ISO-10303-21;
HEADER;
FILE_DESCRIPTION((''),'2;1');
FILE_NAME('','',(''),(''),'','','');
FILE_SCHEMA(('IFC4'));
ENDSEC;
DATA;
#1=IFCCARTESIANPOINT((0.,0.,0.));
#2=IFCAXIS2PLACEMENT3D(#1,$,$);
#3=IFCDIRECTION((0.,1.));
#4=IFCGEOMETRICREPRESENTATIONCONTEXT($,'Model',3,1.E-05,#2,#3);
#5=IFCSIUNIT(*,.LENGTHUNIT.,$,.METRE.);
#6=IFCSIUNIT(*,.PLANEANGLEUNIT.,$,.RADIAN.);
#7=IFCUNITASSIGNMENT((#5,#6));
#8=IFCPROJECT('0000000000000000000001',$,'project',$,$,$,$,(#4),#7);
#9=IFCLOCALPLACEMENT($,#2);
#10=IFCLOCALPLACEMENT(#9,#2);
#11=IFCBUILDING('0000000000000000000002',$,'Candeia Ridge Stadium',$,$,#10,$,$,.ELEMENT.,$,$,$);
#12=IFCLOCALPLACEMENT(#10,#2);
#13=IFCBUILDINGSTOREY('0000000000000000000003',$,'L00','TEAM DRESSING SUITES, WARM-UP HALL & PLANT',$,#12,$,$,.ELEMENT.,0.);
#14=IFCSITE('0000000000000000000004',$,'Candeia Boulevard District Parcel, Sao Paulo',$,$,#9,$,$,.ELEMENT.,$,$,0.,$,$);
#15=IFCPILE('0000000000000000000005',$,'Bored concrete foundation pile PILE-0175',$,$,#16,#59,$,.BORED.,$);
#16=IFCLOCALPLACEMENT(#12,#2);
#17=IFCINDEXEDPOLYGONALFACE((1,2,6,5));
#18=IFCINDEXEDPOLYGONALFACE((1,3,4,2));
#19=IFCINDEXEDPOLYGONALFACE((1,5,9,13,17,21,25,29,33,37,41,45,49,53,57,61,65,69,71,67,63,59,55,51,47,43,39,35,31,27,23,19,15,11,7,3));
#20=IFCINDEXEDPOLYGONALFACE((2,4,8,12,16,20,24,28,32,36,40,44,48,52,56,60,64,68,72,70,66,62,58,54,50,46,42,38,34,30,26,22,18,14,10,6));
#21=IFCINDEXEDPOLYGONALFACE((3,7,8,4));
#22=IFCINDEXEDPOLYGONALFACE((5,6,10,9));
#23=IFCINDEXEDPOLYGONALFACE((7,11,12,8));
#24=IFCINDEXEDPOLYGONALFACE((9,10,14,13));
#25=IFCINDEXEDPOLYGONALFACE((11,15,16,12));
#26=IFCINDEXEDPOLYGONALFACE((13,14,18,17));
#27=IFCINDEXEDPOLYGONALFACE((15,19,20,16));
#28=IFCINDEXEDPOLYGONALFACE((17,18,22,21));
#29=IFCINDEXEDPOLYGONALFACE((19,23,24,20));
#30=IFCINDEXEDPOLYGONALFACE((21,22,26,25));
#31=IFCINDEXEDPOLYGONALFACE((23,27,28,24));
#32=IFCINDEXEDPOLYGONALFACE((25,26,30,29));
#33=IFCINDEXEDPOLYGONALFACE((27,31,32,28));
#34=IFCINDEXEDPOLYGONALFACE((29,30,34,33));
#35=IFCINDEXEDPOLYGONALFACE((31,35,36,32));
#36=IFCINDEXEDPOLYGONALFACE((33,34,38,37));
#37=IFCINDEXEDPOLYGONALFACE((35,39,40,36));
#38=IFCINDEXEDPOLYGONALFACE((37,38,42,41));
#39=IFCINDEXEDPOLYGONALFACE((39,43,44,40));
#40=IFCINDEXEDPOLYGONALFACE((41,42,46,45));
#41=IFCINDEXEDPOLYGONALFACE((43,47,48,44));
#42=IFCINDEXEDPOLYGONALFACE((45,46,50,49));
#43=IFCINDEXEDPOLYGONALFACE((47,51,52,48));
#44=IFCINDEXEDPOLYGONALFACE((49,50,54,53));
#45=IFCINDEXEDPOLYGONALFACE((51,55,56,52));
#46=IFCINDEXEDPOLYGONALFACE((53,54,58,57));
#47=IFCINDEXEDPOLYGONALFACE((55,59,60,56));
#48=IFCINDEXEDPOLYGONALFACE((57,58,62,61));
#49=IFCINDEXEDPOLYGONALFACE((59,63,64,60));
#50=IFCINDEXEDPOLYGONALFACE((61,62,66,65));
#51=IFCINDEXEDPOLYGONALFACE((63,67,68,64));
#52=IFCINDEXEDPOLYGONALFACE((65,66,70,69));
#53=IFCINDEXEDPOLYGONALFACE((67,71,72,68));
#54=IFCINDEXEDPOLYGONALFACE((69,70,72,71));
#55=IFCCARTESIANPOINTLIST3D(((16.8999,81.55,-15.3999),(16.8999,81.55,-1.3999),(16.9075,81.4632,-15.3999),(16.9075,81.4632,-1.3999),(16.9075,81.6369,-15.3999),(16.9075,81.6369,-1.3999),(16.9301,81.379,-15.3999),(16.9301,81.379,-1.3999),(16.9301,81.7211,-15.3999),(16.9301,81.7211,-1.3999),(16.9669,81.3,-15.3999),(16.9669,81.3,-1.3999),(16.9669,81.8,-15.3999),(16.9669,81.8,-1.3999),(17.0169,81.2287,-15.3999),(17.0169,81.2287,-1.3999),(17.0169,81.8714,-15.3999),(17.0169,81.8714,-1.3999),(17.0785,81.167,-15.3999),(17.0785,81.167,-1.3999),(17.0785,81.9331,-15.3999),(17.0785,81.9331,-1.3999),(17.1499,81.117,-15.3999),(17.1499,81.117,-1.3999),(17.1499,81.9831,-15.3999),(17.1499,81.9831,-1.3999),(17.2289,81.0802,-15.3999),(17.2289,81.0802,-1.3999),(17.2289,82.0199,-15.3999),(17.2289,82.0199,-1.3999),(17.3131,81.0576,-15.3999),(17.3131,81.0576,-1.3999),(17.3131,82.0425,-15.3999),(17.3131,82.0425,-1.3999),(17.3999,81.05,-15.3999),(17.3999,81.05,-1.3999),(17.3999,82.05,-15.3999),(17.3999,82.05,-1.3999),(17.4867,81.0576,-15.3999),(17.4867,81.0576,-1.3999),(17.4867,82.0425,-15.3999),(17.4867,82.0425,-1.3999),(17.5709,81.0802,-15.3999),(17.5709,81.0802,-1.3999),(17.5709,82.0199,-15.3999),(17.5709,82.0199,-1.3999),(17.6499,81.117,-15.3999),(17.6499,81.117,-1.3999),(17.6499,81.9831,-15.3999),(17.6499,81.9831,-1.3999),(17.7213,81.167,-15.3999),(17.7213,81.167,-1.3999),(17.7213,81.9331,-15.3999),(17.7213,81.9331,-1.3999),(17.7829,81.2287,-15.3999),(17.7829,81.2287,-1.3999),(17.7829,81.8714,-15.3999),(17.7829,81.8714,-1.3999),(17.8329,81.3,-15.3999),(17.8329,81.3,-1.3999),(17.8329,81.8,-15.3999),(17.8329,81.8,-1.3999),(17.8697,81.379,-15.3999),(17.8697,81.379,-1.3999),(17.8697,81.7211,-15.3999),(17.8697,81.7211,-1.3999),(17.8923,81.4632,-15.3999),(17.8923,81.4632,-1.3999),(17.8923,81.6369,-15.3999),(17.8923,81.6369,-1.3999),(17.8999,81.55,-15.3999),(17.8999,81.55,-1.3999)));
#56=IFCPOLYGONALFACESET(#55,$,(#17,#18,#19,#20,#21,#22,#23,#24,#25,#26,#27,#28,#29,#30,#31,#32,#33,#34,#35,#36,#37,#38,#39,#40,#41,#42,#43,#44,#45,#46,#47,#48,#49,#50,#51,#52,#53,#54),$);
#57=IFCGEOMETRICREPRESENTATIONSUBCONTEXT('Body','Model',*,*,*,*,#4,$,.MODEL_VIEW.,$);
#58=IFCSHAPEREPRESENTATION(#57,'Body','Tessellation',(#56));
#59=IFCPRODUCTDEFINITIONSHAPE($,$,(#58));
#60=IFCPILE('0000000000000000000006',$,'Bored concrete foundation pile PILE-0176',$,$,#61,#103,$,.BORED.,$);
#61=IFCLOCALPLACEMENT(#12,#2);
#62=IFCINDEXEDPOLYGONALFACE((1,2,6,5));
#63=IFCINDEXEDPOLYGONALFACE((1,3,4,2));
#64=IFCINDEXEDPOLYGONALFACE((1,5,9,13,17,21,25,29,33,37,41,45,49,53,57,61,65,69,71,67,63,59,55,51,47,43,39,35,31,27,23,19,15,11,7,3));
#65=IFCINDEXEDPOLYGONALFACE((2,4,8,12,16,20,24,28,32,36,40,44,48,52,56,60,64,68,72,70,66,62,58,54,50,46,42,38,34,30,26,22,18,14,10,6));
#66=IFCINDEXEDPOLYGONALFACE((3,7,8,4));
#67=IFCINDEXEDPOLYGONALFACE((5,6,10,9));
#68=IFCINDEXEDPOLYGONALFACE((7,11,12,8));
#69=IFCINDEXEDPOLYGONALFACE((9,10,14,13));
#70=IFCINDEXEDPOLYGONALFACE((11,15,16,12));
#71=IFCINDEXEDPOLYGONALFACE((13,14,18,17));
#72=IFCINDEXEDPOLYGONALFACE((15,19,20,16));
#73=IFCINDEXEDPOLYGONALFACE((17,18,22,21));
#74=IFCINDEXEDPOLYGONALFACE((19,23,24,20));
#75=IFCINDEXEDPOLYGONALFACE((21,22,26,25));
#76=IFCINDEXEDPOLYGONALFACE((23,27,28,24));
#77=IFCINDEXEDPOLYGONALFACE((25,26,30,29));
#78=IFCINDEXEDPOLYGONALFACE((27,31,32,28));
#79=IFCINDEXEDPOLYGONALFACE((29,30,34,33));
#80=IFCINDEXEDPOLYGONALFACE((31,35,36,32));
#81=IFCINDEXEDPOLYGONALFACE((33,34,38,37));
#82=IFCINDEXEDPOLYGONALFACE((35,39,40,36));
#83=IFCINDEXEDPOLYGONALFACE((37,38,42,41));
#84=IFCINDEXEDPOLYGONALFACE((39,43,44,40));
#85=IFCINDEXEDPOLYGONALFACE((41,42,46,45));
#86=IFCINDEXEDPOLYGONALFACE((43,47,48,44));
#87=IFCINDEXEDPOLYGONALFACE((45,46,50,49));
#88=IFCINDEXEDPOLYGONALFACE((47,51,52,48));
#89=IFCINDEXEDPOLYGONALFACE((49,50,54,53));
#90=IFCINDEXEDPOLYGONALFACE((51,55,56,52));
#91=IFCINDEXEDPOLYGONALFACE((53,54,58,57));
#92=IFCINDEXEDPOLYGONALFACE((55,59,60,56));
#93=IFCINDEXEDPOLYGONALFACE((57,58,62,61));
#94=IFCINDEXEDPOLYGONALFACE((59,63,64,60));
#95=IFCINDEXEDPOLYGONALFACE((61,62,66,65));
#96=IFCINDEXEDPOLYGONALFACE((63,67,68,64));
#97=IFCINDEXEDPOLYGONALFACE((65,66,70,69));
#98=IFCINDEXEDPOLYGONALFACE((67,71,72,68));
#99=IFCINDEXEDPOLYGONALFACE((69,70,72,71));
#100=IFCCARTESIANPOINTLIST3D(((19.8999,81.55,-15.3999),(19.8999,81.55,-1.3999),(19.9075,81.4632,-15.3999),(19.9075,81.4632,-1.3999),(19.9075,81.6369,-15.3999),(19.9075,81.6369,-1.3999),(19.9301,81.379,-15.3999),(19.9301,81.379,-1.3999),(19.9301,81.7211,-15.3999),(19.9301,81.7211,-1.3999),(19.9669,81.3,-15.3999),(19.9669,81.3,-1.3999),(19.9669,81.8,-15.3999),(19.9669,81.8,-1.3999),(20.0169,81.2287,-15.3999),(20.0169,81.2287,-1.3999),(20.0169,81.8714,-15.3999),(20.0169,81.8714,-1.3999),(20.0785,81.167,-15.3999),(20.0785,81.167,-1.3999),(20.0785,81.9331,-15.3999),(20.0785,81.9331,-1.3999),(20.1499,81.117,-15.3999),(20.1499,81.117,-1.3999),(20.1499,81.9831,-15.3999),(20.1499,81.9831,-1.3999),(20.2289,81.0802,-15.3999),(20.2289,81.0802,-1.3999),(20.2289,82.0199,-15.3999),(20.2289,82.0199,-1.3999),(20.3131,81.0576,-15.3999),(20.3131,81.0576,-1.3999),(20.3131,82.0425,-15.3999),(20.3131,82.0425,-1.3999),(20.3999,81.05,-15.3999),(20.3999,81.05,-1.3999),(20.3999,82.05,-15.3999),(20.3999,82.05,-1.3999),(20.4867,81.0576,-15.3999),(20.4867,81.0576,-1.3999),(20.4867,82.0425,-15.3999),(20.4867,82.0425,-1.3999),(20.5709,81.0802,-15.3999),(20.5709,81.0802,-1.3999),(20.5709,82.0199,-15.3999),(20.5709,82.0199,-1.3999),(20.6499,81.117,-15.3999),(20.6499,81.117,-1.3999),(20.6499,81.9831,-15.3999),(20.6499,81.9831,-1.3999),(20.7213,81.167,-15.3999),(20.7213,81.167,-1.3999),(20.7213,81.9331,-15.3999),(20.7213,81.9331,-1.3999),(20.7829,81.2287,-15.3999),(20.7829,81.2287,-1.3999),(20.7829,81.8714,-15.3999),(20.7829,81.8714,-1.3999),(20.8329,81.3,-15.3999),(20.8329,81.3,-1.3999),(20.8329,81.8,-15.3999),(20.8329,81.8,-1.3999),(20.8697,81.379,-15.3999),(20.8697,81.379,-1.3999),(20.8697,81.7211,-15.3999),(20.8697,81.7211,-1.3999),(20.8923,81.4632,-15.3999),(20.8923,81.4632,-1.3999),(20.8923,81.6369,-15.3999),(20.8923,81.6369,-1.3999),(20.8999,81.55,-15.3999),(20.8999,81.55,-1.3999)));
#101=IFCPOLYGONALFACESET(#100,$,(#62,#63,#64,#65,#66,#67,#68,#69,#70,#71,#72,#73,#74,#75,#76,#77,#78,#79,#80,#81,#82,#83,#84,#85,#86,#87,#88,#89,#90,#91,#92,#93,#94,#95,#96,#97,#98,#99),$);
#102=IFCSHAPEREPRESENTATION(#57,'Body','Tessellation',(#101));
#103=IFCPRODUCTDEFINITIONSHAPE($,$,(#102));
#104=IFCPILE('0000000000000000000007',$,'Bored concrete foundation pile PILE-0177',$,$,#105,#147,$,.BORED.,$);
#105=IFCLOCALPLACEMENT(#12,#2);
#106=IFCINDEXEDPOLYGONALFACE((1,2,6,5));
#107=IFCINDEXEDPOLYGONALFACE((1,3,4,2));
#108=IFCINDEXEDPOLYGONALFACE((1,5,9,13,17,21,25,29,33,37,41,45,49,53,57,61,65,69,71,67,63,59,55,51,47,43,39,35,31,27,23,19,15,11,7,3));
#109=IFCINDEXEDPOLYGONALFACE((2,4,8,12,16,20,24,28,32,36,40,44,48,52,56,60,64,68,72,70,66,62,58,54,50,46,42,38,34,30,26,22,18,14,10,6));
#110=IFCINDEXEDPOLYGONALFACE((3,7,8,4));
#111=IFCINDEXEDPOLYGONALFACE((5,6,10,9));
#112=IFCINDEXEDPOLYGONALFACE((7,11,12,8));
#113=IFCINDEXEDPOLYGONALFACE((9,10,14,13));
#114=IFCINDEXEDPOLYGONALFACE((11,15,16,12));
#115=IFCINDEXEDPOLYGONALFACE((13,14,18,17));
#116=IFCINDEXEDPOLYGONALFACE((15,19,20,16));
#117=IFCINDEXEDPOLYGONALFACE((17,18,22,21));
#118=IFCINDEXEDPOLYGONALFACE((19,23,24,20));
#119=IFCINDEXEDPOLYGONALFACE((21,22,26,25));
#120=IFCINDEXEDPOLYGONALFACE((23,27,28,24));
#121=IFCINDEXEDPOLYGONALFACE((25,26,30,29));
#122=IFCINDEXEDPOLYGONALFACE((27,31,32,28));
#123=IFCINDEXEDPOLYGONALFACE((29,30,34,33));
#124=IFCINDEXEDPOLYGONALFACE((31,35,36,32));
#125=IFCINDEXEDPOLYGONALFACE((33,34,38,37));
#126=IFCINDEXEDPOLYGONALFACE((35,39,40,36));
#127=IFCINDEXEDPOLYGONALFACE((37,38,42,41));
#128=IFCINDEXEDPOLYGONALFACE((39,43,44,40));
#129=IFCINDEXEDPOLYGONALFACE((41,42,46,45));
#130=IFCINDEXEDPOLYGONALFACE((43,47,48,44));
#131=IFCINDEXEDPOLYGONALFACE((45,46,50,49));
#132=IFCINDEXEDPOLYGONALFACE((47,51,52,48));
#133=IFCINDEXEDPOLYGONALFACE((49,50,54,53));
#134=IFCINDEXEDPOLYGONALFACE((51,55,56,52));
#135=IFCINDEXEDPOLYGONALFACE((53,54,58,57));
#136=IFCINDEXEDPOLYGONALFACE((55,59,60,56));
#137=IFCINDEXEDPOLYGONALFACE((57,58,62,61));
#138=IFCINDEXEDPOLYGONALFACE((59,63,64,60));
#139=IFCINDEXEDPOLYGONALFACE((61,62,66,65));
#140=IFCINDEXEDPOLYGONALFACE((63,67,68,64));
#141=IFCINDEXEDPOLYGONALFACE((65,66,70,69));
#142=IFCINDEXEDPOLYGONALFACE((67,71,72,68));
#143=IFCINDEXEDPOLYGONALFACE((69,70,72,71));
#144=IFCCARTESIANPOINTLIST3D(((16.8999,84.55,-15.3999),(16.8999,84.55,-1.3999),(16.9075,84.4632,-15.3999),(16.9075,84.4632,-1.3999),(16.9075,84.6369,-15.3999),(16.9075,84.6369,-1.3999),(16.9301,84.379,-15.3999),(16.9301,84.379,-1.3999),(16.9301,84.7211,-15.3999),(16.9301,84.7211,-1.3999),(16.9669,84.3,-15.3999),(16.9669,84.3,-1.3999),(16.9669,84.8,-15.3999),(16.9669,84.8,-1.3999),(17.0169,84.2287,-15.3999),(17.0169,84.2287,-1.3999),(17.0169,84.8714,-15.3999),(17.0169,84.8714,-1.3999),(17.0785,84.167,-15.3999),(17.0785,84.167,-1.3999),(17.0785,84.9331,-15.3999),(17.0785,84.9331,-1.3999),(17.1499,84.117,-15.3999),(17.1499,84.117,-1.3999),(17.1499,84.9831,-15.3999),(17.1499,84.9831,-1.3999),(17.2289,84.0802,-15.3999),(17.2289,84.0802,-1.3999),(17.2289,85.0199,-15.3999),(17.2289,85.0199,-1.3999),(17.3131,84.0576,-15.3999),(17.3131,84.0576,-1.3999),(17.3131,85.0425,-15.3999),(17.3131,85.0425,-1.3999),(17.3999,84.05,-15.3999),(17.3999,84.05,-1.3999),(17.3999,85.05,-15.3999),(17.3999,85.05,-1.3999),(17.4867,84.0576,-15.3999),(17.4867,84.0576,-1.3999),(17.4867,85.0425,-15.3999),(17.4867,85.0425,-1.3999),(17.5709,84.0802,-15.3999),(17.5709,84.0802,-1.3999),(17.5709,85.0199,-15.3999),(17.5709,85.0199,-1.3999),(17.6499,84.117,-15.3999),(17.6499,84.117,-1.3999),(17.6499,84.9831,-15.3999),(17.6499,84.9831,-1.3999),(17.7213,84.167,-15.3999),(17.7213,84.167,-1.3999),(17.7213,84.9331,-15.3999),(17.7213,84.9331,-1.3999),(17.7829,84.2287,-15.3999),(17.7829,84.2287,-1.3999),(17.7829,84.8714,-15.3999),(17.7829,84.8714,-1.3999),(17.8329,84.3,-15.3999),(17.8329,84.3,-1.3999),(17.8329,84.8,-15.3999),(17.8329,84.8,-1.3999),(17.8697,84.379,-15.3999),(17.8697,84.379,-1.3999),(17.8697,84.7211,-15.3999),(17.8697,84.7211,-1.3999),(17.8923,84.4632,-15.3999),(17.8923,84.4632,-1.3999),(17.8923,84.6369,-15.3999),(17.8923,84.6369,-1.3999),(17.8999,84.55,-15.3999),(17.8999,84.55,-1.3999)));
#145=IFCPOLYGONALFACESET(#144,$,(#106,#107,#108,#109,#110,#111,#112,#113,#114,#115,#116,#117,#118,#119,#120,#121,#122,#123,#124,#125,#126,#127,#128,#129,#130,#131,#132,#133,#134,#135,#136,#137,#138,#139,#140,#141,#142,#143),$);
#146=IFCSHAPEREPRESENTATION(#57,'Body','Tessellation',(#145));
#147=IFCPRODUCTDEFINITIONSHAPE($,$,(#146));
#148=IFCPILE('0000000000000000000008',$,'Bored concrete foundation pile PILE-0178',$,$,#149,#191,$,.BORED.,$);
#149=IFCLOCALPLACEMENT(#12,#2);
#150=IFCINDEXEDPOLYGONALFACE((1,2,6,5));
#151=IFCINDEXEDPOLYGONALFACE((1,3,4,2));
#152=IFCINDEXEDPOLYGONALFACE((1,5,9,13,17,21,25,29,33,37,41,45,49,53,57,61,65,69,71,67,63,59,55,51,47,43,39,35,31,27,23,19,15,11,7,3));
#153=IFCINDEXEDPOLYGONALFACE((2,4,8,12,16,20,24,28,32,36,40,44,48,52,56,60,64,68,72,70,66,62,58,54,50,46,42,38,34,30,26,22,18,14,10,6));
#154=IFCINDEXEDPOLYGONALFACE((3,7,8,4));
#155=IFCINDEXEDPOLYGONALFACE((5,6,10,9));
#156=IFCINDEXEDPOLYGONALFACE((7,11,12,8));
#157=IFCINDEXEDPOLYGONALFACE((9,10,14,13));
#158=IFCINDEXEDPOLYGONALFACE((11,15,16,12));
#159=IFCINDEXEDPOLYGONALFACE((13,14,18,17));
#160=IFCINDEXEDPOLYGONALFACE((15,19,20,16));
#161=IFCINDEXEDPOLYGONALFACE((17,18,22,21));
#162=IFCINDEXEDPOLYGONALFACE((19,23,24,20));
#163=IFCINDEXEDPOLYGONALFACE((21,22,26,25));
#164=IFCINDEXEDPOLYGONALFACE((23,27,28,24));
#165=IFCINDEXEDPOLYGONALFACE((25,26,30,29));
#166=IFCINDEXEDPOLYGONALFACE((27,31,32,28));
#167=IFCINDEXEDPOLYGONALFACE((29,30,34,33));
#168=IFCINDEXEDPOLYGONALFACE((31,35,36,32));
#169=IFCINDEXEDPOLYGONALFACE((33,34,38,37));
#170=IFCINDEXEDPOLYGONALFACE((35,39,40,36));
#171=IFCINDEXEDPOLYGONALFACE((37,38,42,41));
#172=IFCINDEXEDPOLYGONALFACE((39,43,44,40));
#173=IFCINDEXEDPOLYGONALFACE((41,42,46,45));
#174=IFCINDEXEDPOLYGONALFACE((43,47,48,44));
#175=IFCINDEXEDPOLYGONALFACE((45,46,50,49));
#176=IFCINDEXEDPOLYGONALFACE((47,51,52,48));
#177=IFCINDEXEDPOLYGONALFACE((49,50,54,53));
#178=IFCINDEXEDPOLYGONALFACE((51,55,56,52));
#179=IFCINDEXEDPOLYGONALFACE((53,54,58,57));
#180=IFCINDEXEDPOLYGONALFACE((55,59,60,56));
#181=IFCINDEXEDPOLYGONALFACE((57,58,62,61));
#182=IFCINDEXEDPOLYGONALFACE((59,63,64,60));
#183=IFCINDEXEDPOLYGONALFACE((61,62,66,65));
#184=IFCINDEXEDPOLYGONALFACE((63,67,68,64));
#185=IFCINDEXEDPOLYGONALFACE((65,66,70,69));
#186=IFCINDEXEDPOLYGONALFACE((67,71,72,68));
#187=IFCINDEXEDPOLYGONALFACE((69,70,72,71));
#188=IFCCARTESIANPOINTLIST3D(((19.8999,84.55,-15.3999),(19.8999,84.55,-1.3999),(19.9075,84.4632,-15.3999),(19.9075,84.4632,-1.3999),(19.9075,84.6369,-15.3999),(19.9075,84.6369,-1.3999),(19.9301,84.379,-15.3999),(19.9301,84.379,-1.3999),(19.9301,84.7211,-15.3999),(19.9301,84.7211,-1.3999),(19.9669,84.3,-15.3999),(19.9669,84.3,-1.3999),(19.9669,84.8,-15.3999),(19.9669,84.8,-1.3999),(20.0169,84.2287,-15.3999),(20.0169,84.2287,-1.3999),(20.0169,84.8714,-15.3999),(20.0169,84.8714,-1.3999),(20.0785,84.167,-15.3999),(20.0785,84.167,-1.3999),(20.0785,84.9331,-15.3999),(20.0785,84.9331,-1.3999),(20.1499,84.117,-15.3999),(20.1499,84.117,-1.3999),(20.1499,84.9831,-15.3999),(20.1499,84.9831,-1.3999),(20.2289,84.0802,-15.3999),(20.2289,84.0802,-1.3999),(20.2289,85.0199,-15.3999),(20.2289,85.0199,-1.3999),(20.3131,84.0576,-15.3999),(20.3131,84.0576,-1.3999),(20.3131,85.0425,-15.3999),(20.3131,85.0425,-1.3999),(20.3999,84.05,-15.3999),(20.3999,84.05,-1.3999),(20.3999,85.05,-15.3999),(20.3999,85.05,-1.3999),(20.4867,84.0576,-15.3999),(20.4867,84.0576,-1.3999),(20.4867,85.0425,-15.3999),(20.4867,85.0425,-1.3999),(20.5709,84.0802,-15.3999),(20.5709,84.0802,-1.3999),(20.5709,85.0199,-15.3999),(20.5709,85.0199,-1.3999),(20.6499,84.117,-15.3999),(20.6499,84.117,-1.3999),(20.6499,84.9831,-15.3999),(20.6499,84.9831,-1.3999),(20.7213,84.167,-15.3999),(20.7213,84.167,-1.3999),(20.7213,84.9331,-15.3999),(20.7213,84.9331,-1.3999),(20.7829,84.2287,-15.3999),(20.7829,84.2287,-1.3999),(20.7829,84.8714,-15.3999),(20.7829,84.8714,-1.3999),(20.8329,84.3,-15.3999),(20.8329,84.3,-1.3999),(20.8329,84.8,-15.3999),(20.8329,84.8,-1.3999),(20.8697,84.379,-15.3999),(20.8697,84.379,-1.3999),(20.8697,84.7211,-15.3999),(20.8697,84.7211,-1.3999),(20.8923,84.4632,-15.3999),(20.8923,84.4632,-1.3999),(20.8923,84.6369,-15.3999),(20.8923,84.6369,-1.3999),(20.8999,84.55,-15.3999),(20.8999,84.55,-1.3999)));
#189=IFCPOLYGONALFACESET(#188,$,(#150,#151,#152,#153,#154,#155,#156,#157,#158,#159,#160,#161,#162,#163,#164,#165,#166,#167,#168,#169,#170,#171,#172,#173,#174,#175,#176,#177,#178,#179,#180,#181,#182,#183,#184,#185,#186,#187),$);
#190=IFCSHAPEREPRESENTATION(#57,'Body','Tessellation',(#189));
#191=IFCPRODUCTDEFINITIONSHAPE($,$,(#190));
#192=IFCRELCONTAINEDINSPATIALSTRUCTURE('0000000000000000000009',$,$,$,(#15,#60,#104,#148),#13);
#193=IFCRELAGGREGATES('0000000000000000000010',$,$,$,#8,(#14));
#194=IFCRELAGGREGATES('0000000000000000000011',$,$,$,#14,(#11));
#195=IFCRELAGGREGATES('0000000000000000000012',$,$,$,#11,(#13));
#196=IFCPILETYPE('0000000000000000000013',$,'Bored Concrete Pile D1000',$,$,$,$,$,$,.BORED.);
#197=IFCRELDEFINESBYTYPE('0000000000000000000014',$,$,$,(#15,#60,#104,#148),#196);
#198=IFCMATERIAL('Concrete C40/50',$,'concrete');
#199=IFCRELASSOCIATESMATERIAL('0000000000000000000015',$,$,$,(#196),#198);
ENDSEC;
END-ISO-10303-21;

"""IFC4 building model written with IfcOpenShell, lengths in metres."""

from ifc_helpers import new_model, si_unit, direction, frame, origin, origin_2d, place, context, subcontext, project, spatial, circle, extrude, material, material_profile, profile_set, type_object, element, save


model = new_model("IFC4")

# Units and contexts
model_context = context("Model", 3, precision=1e-05, world=origin(), true_north=direction((0.0, 1.0)))
body_context = subcontext(model_context, "Body", "Model", "MODEL_VIEW")
ifc_project = project(units=[si_unit("LENGTHUNIT", "METRE"), si_unit("PLANEANGLEUNIT", "RADIAN")], contexts=[model_context])

# Site, building, storey
site_placement = place(None, origin())
site = spatial("IfcSite", under=ifc_project, at=site_placement, Name="Candeia Boulevard District Parcel, Sao Paulo", CompositionType="ELEMENT", RefElevation=0.0)
building_placement = place(site_placement, origin())
building = spatial("IfcBuilding", under=site, at=building_placement, Name="Candeia Ridge Stadium", CompositionType="ELEMENT")
storey_placement = place(building_placement, origin())
storey = spatial("IfcBuildingStorey", under=building, at=storey_placement, Name="L00", Description="TEAM DRESSING SUITES, WARM-UP HALL & PLANT", CompositionType="ELEMENT", Elevation=0.0)

# Piles
ifc_material_1 = material(Name="Concrete C40/50", Category="concrete")
ifc_material_profile_1 = material_profile(ifc_material_1, circle(Radius=0.5, at=origin_2d()), Name="PILE-D1000", Category="concrete")
ifc_profile_set_1 = profile_set([ifc_material_profile_1], Name="Concrete C40/50")
pile_type_1 = type_object("IfcPileType", Name="Bored Concrete Pile D1000", PredefinedType="BORED", material=ifc_profile_set_1)
for number, where, z_axis, x_axis, name in (
    (1, (17.3999, 81.55, -1.3999), (0.0, 0.0, -1.0), (1.0, 0.0, 0.0), "Bored concrete foundation pile PILE-0175"),
    (2, (20.3999, 81.55, -1.3999), (0.0, 0.0, -1.0), (1.0, 0.0, 0.0), "Bored concrete foundation pile PILE-0176"),
    (3, (17.3999, 84.55, -1.3999), (0.0, 0.0, -1.0), (1.0, 0.0, 0.0), "Bored concrete foundation pile PILE-0177"),
    (4, (20.3999, 84.55, -1.3999), (0.0, 0.0, -1.0), (1.0, 0.0, 0.0), "Bored concrete foundation pile PILE-0178"),
):
    element("IfcPile", number, at=place(storey_placement, frame(where, z_axis=z_axis, x_axis=x_axis)), inside=storey, type_object=pile_type_1, Name=name, PredefinedType="BORED", context=body_context, shape_type="SweptSolid", body=[
        extrude(circle(Radius=0.5, at=origin_2d()), origin(), (0.0, 0.0, 1.0), 14.0),
    ])

save(model, "model.ifc")
